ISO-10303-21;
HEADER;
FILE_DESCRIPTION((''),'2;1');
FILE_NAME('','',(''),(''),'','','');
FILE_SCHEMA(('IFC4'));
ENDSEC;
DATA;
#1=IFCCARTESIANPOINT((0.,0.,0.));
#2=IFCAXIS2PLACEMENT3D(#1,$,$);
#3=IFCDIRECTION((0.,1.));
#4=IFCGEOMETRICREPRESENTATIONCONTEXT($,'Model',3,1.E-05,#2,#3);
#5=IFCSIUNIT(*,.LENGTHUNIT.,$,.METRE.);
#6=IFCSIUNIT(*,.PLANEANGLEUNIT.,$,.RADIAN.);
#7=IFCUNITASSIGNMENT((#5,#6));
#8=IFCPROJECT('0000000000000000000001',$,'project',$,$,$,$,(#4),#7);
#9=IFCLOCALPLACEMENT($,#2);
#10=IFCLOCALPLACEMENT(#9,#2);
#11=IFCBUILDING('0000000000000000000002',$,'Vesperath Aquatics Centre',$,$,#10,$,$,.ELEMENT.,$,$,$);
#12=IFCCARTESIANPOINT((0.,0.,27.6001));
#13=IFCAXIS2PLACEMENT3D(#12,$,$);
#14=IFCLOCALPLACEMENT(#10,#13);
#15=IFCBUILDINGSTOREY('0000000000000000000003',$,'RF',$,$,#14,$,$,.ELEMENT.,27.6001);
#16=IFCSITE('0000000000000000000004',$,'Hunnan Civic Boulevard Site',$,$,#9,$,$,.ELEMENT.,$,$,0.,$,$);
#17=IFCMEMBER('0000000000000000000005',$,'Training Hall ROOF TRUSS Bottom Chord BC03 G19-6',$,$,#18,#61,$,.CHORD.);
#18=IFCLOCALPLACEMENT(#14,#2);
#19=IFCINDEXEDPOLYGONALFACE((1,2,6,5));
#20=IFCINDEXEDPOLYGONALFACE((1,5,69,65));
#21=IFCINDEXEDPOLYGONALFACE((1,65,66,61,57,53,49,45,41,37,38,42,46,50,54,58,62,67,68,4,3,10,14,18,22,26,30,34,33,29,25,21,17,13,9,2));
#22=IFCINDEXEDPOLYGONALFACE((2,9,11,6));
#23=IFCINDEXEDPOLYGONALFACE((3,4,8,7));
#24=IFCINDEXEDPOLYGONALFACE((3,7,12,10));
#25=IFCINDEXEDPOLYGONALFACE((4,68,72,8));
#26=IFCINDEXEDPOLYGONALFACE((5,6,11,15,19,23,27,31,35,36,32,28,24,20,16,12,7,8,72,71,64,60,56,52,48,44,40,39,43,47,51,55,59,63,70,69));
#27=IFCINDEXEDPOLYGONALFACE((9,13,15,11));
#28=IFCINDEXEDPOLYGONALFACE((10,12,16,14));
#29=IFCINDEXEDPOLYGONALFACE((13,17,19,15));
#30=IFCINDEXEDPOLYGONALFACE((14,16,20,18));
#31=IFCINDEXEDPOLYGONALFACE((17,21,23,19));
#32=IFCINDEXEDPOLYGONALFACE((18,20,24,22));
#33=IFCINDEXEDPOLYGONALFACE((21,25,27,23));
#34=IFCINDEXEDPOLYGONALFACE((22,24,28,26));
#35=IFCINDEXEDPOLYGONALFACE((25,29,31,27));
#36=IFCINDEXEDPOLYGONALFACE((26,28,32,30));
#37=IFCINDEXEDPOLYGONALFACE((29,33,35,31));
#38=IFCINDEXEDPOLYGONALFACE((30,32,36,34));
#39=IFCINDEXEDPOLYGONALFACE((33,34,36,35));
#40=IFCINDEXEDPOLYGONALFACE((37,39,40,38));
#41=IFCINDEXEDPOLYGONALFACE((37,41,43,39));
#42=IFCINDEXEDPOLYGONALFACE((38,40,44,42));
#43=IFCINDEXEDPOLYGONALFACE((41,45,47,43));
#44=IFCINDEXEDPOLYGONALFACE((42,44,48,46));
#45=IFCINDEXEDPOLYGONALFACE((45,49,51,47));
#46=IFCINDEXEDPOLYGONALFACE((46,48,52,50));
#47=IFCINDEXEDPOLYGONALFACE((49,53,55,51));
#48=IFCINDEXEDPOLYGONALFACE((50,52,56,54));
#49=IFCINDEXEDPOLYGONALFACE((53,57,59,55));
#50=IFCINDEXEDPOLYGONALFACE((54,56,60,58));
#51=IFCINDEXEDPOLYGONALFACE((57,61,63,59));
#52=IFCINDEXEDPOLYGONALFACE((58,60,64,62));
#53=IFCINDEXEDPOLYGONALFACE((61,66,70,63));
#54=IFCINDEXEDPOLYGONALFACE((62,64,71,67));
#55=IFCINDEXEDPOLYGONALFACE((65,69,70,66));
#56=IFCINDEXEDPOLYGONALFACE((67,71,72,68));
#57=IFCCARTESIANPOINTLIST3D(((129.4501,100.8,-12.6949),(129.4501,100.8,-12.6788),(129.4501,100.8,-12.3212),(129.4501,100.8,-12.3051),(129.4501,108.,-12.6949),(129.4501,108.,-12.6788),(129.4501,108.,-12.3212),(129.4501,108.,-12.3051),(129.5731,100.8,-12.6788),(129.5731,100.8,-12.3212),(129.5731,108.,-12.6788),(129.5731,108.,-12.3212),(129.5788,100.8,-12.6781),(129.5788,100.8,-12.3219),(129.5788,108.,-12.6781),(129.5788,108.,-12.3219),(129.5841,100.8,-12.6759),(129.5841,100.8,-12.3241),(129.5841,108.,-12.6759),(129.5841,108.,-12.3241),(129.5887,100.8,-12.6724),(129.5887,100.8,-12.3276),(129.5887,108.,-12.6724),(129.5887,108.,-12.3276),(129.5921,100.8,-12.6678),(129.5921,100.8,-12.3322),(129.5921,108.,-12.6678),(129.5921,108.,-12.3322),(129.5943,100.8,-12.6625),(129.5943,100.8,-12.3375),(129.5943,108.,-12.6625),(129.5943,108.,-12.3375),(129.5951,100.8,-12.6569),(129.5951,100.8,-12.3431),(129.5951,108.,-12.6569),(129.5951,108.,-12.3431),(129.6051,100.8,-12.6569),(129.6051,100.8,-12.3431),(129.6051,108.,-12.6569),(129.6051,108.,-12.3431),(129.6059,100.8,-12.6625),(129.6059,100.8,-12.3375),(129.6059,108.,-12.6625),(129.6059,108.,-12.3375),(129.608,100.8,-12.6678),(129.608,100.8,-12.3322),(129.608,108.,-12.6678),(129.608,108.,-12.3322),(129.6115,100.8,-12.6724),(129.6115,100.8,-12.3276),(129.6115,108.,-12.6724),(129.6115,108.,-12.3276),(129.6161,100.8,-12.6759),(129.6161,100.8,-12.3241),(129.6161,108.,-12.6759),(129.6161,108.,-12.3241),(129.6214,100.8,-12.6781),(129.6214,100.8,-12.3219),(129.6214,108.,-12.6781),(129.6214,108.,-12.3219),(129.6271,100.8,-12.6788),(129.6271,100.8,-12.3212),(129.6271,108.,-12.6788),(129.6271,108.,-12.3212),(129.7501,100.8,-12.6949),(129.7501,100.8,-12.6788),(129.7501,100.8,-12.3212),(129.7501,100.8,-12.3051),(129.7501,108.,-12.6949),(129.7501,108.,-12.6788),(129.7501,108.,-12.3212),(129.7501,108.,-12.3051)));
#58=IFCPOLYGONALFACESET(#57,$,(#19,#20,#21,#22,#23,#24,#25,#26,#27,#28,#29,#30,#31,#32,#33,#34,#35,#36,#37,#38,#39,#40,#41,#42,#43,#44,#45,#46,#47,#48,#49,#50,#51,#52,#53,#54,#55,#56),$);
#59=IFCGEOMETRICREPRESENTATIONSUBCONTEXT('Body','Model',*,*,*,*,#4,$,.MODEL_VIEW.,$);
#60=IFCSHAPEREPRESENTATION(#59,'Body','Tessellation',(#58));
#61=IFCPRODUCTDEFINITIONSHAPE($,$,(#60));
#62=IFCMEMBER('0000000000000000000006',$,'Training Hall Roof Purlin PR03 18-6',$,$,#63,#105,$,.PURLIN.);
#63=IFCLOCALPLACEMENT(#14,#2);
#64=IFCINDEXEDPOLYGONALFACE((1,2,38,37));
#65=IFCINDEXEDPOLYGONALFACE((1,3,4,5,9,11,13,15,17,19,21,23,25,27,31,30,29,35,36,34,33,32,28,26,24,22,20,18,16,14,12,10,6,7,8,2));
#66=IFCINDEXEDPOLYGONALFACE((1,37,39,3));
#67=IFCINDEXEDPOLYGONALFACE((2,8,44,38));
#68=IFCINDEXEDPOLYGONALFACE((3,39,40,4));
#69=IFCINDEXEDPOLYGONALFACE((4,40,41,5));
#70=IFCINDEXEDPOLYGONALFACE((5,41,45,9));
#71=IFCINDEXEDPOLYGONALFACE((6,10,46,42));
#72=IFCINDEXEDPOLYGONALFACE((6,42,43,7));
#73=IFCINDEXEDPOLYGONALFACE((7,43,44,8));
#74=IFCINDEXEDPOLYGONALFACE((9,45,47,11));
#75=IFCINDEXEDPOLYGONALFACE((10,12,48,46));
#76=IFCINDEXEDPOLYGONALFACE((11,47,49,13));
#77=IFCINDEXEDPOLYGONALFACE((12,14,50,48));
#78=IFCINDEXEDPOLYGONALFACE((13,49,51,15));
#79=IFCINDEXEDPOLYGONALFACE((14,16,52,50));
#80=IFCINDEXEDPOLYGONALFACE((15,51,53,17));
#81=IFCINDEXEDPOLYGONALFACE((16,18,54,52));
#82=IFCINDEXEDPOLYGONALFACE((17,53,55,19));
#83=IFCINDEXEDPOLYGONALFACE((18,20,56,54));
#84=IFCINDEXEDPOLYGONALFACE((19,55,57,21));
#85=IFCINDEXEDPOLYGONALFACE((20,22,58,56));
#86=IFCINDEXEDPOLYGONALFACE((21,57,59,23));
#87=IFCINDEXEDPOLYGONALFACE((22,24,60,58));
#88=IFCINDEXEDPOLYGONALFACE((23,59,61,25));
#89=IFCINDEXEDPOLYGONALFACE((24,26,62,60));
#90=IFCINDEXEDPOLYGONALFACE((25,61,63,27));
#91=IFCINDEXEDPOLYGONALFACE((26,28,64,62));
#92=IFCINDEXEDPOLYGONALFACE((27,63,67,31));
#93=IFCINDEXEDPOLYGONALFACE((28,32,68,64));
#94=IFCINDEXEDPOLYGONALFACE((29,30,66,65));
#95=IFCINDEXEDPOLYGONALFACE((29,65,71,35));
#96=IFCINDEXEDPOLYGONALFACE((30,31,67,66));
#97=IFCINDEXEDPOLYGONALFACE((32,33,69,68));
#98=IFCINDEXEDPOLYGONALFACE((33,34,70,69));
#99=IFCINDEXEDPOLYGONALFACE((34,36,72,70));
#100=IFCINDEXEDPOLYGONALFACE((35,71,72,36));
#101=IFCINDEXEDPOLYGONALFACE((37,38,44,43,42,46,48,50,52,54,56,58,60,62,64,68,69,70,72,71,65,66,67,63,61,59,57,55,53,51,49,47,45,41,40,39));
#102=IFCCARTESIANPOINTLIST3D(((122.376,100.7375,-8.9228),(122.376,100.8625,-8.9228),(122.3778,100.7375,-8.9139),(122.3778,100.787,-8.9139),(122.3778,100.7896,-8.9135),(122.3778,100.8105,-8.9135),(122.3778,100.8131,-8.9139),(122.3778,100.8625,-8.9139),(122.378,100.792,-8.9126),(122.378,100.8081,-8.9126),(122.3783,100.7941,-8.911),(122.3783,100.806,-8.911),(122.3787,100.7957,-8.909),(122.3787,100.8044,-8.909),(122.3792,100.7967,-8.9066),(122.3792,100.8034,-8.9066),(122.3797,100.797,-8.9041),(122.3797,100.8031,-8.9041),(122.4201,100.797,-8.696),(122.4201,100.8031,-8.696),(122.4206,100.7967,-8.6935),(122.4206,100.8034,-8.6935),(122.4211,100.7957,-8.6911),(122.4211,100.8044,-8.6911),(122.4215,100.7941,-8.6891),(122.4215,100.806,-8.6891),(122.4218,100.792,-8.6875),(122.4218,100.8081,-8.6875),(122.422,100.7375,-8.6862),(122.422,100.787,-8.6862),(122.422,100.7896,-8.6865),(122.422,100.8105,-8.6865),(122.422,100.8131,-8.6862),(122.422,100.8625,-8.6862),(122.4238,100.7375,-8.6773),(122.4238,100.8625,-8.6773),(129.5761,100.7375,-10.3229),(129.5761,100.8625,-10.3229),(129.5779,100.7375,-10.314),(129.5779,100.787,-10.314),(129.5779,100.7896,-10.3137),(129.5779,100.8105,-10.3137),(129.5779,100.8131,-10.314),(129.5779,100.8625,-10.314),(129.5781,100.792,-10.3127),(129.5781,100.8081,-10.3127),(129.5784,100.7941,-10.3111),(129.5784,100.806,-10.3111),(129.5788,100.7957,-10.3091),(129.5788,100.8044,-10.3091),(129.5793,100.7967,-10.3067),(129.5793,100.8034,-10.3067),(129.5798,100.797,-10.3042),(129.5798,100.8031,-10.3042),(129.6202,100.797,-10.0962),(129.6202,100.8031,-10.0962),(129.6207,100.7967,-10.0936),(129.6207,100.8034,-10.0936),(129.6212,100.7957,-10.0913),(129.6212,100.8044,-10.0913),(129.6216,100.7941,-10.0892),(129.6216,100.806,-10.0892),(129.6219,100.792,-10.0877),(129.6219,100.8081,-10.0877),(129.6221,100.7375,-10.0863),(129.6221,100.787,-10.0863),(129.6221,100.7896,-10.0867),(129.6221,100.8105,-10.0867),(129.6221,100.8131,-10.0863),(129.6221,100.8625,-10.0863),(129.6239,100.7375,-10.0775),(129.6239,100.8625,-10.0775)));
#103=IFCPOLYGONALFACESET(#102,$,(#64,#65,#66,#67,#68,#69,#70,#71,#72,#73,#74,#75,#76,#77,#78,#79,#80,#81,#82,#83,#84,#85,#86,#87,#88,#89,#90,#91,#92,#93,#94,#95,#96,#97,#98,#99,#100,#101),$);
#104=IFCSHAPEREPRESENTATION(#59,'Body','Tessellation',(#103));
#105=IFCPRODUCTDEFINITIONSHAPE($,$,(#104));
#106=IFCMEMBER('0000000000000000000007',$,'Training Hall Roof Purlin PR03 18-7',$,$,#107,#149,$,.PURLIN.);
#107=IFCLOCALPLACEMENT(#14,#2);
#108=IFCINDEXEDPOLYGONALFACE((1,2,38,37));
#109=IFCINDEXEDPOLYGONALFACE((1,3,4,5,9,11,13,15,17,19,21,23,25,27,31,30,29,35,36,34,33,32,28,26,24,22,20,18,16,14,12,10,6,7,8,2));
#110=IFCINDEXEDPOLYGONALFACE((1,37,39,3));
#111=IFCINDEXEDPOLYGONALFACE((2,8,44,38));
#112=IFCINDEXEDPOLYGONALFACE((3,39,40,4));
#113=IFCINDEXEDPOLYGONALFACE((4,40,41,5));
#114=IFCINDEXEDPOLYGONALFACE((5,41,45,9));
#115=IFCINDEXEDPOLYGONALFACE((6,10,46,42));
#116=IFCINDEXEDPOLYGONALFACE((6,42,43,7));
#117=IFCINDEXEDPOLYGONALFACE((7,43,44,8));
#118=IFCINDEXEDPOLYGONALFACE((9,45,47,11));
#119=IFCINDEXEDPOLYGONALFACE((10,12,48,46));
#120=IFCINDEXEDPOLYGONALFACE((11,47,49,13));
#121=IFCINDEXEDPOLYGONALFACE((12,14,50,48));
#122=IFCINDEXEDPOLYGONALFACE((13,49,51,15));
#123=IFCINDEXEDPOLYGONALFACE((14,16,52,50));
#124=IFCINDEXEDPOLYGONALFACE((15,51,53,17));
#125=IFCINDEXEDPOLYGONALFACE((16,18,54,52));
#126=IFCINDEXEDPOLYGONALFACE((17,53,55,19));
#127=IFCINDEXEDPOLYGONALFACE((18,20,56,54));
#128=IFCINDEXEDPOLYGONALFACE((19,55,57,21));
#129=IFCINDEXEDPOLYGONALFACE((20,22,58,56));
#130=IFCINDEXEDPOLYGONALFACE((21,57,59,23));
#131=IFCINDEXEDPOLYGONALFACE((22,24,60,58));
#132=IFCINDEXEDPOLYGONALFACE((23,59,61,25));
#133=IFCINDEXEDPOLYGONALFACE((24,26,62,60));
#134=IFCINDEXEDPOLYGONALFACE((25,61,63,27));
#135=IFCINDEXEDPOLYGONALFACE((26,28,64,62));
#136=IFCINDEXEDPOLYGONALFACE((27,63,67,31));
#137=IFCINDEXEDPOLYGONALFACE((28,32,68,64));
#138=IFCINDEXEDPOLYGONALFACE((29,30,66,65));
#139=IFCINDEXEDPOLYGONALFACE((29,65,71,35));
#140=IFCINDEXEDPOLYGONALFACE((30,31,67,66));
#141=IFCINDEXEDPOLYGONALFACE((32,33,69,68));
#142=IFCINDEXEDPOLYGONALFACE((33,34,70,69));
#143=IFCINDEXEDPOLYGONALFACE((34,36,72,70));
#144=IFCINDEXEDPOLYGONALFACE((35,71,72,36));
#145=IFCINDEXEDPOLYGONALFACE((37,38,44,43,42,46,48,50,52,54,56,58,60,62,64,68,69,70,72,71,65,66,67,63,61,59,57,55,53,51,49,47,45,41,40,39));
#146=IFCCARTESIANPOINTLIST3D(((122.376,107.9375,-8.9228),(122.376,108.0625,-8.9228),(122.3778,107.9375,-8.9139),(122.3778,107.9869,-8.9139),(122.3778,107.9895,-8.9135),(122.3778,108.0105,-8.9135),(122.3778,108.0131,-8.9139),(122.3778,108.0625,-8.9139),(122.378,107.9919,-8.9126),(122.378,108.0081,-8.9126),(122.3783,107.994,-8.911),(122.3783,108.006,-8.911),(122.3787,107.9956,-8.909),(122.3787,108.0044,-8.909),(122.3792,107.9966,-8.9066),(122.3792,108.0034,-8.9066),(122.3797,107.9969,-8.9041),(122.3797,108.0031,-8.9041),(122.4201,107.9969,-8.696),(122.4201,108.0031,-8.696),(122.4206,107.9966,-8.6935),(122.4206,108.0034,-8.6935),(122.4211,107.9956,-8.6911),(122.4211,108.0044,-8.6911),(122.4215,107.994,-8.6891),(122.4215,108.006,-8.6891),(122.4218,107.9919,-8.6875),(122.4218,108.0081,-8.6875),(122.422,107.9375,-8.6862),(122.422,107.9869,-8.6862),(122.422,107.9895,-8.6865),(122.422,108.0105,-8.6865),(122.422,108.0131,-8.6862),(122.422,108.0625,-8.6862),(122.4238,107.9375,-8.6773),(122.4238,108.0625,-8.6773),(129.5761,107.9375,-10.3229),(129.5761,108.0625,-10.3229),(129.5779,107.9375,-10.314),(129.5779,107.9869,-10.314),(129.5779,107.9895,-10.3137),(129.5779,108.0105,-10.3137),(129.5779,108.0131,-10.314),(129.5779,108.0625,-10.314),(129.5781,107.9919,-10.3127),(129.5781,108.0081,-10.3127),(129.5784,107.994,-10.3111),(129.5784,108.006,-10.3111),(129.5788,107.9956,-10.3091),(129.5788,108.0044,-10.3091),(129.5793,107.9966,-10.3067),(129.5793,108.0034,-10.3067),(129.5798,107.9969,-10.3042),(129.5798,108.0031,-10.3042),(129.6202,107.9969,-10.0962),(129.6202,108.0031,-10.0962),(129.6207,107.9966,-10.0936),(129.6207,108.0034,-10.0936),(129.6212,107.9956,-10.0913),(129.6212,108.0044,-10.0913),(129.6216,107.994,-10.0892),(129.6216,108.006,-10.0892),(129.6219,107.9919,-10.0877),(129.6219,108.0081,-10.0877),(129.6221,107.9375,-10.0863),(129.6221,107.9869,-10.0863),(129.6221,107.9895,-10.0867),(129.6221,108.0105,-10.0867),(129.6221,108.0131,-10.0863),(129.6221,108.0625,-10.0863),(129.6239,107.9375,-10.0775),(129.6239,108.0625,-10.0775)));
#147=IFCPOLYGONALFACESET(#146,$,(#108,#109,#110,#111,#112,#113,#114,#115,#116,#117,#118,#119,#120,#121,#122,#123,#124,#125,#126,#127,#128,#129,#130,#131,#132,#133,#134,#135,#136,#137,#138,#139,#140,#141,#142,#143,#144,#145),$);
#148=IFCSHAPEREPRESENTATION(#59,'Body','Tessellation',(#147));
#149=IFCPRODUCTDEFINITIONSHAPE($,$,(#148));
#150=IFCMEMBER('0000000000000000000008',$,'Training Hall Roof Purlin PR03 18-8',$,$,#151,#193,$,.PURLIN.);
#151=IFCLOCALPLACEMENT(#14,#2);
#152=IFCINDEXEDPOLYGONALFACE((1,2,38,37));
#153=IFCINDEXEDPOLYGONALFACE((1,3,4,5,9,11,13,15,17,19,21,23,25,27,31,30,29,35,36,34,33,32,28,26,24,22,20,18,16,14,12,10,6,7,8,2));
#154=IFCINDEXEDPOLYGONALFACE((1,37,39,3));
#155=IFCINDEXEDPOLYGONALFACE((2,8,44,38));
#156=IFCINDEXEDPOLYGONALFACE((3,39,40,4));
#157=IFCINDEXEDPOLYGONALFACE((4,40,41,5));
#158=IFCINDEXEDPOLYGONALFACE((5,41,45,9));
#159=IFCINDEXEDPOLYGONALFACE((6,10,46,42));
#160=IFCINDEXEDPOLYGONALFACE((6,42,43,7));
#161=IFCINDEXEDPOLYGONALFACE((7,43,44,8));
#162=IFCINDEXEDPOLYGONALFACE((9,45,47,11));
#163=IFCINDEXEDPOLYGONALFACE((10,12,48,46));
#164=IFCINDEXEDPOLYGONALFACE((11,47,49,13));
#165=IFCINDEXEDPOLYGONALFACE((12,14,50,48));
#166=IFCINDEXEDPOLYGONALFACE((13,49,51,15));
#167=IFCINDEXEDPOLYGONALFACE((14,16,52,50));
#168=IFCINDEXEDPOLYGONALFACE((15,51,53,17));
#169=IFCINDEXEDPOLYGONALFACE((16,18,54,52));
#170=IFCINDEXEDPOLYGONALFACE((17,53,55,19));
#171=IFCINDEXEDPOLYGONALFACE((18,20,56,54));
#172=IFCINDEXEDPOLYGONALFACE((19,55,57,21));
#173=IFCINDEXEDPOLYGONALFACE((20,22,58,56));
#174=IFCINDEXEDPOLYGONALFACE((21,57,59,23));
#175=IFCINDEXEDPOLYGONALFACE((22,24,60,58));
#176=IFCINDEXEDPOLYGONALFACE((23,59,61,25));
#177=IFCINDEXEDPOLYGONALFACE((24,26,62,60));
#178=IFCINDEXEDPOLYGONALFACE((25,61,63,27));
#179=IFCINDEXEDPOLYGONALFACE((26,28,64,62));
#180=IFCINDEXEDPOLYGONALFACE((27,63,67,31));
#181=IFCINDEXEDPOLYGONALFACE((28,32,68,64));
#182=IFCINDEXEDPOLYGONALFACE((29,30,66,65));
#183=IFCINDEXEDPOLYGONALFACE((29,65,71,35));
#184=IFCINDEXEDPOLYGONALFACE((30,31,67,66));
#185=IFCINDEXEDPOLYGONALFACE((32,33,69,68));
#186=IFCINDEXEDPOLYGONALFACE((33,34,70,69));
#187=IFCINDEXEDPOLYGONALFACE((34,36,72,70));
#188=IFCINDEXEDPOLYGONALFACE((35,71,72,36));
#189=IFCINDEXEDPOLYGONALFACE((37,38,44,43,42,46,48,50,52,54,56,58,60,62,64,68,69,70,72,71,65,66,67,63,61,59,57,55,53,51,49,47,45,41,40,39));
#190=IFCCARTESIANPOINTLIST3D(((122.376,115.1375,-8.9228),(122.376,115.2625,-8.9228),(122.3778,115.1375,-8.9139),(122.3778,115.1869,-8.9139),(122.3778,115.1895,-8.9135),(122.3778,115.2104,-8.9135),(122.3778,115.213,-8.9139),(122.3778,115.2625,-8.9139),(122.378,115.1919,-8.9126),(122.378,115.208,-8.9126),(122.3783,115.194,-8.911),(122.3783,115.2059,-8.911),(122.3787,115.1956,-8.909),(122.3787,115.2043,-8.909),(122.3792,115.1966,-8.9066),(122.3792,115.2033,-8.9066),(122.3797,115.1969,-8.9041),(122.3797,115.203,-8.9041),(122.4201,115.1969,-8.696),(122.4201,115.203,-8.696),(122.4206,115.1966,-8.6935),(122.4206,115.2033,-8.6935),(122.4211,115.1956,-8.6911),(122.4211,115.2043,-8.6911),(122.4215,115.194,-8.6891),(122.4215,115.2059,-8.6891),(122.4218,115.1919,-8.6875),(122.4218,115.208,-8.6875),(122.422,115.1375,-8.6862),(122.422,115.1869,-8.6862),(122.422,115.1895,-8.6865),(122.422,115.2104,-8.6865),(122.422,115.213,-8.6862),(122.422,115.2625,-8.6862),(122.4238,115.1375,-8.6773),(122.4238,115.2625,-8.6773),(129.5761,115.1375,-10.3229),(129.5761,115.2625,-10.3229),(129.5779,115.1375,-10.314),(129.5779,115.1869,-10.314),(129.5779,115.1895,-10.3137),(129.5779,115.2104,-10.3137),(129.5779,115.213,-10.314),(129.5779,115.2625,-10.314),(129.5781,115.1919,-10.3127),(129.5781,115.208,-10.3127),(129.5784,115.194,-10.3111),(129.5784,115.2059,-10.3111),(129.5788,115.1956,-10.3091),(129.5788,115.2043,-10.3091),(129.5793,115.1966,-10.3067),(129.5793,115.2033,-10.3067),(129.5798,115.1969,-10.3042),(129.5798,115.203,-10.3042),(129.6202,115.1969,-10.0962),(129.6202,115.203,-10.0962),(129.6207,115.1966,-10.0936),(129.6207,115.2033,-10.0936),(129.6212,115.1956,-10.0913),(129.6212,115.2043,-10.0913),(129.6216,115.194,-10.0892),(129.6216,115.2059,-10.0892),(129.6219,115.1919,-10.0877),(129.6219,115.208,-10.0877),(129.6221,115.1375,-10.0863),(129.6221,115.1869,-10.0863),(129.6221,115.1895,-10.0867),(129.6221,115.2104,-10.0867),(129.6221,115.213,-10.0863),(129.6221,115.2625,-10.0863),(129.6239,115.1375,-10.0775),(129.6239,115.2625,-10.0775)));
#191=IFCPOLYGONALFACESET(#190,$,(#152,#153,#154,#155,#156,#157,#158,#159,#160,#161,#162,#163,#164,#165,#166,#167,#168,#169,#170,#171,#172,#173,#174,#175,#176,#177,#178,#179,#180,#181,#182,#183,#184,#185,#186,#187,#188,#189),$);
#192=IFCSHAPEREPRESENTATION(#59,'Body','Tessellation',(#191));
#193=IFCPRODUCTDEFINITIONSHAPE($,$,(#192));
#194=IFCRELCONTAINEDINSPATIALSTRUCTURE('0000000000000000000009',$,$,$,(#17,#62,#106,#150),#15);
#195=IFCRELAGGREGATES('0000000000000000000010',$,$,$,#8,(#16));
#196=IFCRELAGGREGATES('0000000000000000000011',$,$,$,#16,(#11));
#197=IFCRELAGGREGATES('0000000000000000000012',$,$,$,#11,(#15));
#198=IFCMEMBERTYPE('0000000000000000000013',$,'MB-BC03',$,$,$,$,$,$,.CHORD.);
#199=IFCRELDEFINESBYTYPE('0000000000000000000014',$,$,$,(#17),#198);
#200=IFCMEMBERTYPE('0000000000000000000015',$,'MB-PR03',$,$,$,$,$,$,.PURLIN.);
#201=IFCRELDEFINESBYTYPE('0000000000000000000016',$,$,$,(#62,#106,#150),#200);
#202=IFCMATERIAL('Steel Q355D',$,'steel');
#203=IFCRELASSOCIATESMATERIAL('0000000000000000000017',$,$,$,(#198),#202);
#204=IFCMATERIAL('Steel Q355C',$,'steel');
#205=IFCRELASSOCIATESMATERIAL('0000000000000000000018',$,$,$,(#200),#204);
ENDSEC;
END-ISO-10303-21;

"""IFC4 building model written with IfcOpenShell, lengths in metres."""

from ifc_helpers import new_model, si_unit, direction, frame, origin, origin_2d, place, context, subcontext, project, spatial, i_section, extrude, material, material_profile, profile_set, type_object, element, save


model = new_model("IFC4")

# Units and contexts
model_context = context("Model", 3, precision=1e-05, world=origin(), true_north=direction((0.0, 1.0)))
body_context = subcontext(model_context, "Body", "Model", "MODEL_VIEW")
ifc_project = project(units=[si_unit("LENGTHUNIT", "METRE"), si_unit("PLANEANGLEUNIT", "RADIAN")], contexts=[model_context])

# Site, building, storey
site_placement = place(None, origin())
site = spatial("IfcSite", under=ifc_project, at=site_placement, Name="Hunnan Civic Boulevard Site", CompositionType="ELEMENT", RefElevation=0.0)
building_placement = place(site_placement, origin())
building = spatial("IfcBuilding", under=site, at=building_placement, Name="Vesperath Aquatics Centre", CompositionType="ELEMENT")
storey_placement = place(building_placement, frame((0.0, 0.0, 27.6001)))
storey = spatial("IfcBuildingStorey", under=building, at=storey_placement, Name="RF", CompositionType="ELEMENT", Elevation=27.6001)

# Shared definitions
ifc_material_1 = material(Name="Steel Q355C", Category="steel")

# Members
ifc_material_2 = material(Name="Steel Q355D", Category="steel")
ifc_material_profile_1 = material_profile(ifc_material_2, i_section(OverallWidth=0.3, OverallDepth=0.3899, WebThickness=0.01, FlangeThickness=0.0161, FilletRadius=0.022, at=origin_2d()), Name="HM 390x300x10x16")
ifc_profile_set_1 = profile_set([ifc_material_profile_1], Name="Steel Q355D")
member_type_1 = type_object("IfcMemberType", Name="MB-BC03", PredefinedType="CHORD", material=ifc_profile_set_1)
for number, where, z_axis, x_axis, name in (
    (1, (129.6001, 100.8, -12.5), (0.0, 1.0, 0.0), (-1.0, 0.0, 0.0), "Training Hall ROOF TRUSS Bottom Chord BC03 G19-6"),
):
    element("IfcMember", number, at=place(storey_placement, frame(where, z_axis=z_axis, x_axis=x_axis)), inside=storey, type_object=member_type_1, Name=name, PredefinedType="CHORD", context=body_context, shape_type="SweptSolid", body=[
        extrude(i_section(OverallWidth=0.3, OverallDepth=0.3899, WebThickness=0.01, FlangeThickness=0.0161, FilletRadius=0.022, at=origin_2d()), origin(), (0.0, 0.0, 1.0), 7.2),
    ])
ifc_material_profile_2 = material_profile(ifc_material_1, i_section(OverallWidth=0.125, OverallDepth=0.25, WebThickness=0.0061, FlangeThickness=0.009, FilletRadius=0.01, at=origin_2d()), Name="HN 250x125x6x9")
ifc_profile_set_2 = profile_set([ifc_material_profile_2], Name="Steel Q355C")
member_type_2 = type_object("IfcMemberType", Name="MB-PR03", PredefinedType="PURLIN", material=ifc_profile_set_2)
for number, where, z_axis, x_axis, name in (
    (2, (122.3999, 100.8, -8.8), (0.981613, 0.0, -0.190884), (0.0, 1.0, 0.0), "Training Hall Roof Purlin PR03 18-6"),
    (3, (122.3999, 108.0, -8.8), (0.981613, 0.0, -0.190884), (0.0, 1.0, 0.0), "Training Hall Roof Purlin PR03 18-7"),
    (4, (122.3999, 115.2, -8.8), (0.981613, 0.0, -0.190884), (0.0, 1.0, 0.0), "Training Hall Roof Purlin PR03 18-8"),
):
    element("IfcMember", number, at=place(storey_placement, frame(where, z_axis=z_axis, x_axis=x_axis)), inside=storey, type_object=member_type_2, Name=name, PredefinedType="PURLIN", context=body_context, shape_type="SweptSolid", body=[
        extrude(i_section(OverallWidth=0.125, OverallDepth=0.25, WebThickness=0.0061, FlangeThickness=0.009, FilletRadius=0.01, at=origin_2d()), origin(), (0.0, 0.0, 1.0), 7.335),
    ])

save(model, "model.ifc")
